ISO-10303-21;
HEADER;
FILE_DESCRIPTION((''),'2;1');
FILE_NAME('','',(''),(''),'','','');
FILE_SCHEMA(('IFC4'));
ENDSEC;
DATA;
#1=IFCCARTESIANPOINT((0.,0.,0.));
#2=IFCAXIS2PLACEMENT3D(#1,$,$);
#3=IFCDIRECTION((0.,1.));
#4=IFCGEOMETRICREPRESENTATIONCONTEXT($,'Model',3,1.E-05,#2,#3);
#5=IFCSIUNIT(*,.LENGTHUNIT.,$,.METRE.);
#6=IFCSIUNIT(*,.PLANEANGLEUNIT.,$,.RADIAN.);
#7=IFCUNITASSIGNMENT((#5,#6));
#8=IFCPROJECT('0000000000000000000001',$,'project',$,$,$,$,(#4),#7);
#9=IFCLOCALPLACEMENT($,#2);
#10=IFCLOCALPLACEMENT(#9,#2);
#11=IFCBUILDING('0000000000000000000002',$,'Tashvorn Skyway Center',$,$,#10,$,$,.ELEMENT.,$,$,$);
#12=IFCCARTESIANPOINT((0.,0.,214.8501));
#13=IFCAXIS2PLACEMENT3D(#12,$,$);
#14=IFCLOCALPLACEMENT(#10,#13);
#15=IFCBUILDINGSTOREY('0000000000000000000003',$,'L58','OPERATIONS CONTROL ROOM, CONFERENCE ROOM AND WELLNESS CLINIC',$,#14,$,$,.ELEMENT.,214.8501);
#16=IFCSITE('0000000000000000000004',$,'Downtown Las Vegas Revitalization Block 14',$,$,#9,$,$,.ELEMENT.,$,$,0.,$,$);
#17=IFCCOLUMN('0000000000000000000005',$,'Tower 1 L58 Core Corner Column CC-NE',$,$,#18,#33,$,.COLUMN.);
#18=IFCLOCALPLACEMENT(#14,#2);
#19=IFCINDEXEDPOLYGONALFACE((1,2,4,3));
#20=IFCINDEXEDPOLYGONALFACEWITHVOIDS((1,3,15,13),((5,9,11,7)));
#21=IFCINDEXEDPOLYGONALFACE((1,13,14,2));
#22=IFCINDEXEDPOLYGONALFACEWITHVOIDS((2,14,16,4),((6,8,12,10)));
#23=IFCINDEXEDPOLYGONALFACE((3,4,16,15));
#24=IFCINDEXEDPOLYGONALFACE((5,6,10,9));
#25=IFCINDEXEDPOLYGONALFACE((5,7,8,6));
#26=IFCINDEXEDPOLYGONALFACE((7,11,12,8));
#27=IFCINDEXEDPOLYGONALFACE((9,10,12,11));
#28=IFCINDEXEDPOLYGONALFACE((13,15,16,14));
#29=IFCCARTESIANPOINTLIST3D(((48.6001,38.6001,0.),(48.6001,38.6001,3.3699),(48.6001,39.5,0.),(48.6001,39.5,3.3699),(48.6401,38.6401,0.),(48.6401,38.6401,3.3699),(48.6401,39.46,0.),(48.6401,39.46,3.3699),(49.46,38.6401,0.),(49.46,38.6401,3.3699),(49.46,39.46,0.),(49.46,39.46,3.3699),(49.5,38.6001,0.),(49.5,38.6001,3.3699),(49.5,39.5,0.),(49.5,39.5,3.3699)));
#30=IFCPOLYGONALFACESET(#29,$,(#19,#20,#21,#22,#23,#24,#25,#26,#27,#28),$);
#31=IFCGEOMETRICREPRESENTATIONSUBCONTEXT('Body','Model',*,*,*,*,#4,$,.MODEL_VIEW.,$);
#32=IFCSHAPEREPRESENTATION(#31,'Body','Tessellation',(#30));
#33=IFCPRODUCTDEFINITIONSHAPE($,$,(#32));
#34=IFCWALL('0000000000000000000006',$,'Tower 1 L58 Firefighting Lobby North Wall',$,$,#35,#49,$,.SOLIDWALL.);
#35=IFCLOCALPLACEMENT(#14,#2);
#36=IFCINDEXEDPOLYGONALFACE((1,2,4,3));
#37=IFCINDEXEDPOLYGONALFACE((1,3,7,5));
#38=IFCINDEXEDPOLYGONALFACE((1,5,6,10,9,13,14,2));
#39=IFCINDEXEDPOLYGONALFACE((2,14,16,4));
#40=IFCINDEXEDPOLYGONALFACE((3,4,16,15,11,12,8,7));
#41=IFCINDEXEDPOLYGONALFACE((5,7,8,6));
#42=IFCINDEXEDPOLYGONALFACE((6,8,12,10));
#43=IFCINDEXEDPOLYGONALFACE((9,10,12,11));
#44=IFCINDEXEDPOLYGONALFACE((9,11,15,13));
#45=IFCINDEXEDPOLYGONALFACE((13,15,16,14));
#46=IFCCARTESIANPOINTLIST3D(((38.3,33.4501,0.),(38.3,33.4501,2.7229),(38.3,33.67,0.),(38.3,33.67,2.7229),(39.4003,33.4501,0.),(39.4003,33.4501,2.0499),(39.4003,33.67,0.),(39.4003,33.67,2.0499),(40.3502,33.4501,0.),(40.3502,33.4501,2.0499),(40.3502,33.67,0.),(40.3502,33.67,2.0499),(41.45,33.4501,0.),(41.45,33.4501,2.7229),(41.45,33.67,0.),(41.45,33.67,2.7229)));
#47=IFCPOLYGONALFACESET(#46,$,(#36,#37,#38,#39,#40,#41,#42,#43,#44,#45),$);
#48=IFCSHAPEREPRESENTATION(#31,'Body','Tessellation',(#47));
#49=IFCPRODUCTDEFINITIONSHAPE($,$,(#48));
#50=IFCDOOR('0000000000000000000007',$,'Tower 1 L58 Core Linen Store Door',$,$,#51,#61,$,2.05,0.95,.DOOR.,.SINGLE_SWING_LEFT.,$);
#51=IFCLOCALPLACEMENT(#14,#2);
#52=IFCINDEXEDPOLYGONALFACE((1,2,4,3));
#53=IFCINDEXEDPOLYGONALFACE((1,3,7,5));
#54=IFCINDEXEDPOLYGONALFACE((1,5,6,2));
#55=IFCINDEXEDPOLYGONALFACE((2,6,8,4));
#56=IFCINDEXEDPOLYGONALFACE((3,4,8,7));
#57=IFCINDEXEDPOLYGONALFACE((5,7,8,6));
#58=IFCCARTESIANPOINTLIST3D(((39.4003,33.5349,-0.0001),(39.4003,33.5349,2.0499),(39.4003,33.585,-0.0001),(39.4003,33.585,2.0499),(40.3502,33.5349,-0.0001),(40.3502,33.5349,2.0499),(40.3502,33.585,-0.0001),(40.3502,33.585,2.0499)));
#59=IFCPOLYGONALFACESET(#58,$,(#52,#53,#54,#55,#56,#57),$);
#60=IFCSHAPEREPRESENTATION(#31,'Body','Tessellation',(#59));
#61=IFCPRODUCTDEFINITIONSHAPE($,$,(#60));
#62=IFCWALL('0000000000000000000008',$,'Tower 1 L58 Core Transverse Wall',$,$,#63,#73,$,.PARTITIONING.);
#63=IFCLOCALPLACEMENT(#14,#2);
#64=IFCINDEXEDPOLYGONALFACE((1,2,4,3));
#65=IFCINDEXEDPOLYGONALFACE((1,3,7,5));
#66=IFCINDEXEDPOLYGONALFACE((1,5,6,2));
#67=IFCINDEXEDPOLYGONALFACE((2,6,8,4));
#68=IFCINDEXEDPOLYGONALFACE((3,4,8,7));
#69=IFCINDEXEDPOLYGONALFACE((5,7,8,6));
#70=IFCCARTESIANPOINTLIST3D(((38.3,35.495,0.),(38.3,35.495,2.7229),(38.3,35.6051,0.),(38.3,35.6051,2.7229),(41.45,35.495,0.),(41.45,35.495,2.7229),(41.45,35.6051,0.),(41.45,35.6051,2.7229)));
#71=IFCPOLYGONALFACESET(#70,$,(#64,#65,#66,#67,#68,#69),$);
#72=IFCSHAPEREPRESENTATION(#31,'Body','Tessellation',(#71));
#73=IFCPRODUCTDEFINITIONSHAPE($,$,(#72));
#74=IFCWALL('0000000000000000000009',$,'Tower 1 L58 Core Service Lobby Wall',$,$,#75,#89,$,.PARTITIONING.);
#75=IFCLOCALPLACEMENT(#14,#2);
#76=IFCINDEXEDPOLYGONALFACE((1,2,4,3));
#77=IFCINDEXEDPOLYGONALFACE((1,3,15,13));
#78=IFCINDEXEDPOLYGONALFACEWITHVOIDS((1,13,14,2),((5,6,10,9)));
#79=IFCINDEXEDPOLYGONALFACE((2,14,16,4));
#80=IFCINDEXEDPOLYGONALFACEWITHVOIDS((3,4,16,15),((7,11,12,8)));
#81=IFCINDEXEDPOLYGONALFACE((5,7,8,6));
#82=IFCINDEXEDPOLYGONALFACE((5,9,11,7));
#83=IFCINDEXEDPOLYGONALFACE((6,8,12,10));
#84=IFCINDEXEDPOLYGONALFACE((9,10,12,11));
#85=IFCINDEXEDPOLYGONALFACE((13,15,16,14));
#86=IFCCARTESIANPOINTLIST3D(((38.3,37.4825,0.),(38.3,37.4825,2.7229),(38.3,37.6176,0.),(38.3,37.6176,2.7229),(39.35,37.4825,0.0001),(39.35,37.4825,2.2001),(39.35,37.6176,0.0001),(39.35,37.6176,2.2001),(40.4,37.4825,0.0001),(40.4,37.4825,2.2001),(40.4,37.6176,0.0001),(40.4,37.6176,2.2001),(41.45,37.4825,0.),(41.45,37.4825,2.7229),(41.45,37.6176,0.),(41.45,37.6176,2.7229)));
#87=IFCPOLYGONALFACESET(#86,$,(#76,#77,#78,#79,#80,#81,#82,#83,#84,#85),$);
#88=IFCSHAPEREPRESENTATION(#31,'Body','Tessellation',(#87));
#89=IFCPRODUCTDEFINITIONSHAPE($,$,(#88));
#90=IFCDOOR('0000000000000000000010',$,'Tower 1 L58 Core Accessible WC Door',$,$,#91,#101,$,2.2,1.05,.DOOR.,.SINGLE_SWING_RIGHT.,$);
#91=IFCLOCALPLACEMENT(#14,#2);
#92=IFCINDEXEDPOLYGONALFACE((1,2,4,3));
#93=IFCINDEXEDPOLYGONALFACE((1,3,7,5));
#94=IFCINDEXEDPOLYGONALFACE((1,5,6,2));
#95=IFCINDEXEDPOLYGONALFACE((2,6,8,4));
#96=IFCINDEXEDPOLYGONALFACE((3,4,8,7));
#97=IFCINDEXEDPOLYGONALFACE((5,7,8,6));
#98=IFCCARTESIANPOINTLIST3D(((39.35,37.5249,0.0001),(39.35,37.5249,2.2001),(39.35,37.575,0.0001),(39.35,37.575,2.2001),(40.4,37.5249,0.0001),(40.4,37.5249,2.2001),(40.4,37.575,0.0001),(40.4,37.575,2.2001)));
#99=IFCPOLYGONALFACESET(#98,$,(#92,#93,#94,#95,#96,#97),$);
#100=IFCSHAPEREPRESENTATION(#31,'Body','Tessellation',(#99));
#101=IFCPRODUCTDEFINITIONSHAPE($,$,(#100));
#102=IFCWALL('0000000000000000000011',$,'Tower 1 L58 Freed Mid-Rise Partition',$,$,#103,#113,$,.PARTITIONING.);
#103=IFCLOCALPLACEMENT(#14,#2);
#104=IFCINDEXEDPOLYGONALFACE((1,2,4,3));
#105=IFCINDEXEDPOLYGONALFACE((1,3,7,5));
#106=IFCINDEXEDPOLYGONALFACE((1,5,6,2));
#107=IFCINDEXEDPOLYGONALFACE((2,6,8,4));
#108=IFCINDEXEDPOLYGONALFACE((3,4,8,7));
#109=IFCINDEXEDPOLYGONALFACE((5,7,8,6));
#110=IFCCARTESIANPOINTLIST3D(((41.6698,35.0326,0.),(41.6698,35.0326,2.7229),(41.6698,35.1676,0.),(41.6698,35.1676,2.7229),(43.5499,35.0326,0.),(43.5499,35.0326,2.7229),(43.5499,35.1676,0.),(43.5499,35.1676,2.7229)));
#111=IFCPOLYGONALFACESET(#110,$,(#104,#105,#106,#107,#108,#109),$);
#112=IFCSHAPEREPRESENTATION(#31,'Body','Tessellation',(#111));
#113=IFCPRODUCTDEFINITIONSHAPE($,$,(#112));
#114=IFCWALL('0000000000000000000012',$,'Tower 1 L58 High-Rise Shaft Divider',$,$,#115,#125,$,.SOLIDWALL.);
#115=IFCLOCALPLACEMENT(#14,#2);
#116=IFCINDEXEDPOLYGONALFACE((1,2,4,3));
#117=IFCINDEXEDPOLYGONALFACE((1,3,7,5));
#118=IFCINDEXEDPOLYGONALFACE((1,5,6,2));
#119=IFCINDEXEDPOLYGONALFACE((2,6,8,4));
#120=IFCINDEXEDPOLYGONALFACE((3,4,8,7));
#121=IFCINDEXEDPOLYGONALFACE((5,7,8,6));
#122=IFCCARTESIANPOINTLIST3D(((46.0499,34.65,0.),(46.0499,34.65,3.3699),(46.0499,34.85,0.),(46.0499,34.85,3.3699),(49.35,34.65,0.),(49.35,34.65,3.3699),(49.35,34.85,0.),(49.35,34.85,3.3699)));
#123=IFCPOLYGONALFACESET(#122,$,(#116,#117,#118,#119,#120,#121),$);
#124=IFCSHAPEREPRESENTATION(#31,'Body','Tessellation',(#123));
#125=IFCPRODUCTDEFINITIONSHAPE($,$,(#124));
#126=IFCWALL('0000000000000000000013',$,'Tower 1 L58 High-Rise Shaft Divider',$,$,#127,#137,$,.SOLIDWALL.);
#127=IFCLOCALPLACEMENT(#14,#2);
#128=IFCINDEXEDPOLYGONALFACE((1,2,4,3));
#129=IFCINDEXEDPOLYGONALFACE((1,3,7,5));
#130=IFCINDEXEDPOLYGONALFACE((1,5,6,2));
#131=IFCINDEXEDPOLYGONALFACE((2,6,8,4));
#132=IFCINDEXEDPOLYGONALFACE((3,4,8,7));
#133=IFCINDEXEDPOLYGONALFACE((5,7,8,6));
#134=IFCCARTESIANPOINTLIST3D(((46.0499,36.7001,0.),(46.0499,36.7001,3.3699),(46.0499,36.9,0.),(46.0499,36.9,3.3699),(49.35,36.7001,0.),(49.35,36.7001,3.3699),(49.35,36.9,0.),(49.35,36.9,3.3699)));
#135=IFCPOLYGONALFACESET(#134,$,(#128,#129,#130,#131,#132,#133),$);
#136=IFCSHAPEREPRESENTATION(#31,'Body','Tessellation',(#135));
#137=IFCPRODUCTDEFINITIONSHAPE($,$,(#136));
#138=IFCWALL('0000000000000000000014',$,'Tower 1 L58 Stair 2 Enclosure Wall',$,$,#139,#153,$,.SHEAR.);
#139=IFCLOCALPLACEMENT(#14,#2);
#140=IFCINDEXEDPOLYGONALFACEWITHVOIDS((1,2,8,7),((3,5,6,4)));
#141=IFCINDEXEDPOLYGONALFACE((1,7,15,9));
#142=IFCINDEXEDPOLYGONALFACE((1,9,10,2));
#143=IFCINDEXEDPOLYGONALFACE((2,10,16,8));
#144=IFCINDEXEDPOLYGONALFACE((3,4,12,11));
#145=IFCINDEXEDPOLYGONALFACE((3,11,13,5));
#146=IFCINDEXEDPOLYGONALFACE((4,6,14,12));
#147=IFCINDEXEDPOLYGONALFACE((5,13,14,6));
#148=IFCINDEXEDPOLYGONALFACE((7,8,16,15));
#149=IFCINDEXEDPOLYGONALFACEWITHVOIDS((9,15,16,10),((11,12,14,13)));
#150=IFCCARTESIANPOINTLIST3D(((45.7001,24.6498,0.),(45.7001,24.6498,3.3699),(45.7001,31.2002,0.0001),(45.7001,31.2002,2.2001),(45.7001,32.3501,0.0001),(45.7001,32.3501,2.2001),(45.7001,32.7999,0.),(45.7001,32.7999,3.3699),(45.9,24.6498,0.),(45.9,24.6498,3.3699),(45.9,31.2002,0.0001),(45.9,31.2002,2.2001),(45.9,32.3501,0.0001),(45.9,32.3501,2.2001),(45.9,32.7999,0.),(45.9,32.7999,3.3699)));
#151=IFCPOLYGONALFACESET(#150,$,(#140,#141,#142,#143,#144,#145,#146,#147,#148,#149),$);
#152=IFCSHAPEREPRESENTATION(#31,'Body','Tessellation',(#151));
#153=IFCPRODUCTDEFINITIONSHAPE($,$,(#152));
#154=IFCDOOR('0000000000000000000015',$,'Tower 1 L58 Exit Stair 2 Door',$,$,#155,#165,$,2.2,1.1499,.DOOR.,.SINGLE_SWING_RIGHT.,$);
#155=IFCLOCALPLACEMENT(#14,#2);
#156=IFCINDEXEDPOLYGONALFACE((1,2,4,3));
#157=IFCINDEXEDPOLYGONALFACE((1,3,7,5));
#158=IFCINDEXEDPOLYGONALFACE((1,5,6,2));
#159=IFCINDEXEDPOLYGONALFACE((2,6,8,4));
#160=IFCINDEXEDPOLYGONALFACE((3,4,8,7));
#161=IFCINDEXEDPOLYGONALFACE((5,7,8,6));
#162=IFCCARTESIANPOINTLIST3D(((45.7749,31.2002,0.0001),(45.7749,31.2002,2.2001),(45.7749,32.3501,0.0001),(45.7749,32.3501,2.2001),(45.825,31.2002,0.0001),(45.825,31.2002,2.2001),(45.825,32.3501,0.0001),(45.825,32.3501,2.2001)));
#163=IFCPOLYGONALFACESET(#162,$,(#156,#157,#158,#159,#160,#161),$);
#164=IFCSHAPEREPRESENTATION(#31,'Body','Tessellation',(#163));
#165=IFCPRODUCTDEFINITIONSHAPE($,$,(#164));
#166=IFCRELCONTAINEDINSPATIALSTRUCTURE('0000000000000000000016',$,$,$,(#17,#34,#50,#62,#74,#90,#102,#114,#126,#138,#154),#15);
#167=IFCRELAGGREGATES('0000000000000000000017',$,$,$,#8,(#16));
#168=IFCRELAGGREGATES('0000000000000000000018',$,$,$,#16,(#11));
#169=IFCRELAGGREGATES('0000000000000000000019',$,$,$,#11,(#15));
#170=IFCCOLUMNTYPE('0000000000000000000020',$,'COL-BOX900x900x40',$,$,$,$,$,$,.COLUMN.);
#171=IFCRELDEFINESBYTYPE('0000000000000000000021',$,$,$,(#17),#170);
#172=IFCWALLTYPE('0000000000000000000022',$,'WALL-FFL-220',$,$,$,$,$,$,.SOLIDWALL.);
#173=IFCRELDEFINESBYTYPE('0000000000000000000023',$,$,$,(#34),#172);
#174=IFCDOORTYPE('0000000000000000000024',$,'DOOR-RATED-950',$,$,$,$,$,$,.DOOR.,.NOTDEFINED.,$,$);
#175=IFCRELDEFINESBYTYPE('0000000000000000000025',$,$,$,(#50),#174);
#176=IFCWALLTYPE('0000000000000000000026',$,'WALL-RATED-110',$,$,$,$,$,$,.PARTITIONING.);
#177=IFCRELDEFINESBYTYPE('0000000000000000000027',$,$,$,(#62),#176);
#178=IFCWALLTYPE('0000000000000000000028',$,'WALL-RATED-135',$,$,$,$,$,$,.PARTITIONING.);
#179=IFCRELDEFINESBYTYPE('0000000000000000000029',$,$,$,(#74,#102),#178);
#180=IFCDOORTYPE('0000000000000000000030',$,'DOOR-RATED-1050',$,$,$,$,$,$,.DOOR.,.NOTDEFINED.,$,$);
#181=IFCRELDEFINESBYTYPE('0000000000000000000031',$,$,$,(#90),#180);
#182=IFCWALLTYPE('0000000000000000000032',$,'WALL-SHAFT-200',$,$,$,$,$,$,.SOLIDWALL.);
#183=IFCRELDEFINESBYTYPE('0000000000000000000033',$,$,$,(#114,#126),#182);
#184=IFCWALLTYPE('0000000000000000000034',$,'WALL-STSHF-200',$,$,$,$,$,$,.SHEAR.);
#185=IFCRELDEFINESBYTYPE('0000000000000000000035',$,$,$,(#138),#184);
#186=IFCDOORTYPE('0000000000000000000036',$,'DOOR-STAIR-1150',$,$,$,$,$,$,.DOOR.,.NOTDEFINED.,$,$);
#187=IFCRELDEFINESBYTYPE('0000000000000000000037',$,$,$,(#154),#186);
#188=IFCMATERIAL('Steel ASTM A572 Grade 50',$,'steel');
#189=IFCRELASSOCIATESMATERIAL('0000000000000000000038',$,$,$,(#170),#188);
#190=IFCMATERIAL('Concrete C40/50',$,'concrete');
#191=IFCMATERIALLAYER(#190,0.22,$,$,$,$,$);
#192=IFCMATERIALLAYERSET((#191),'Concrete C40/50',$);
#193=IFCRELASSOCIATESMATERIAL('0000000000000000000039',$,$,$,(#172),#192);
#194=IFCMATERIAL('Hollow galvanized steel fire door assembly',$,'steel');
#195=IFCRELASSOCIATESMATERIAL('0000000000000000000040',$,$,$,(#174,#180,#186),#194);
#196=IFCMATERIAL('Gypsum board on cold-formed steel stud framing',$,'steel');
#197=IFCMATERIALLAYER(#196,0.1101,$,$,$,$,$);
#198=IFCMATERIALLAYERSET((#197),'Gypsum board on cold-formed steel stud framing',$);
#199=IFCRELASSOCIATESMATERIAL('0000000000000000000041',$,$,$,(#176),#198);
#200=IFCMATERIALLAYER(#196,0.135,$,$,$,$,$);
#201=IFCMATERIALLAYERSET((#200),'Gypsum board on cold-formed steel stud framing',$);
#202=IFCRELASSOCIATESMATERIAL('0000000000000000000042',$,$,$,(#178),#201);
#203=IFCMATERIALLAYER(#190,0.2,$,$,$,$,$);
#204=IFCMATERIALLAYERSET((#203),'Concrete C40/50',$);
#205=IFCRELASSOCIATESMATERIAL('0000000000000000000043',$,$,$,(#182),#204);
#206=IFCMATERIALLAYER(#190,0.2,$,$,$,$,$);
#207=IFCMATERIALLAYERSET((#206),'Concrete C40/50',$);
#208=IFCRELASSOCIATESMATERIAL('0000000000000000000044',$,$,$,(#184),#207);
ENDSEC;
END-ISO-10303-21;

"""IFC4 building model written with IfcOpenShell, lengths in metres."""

from ifc_helpers import new_model, si_unit, direction, frame, frame_2d, origin, origin_2d, place, context, subcontext, project, spatial, rectangle, hollow_rectangle, extrude, material, layer, layer_set, material_profile, profile_set, type_object, element, fill, save


model = new_model("IFC4")

# Units and contexts
model_context = context("Model", 3, precision=1e-05, world=origin(), true_north=direction((0.0, 1.0)))
body_context = subcontext(model_context, "Body", "Model", "MODEL_VIEW")
ifc_project = project(units=[si_unit("LENGTHUNIT", "METRE"), si_unit("PLANEANGLEUNIT", "RADIAN")], contexts=[model_context])

# Site, building, storey
site_placement = place(None, origin())
site = spatial("IfcSite", under=ifc_project, at=site_placement, Name="Downtown Las Vegas Revitalization Block 14", CompositionType="ELEMENT", RefElevation=0.0)
building_placement = place(site_placement, origin())
building = spatial("IfcBuilding", under=site, at=building_placement, Name="Tashvorn Skyway Center", CompositionType="ELEMENT")
storey_placement = place(building_placement, frame((0.0, 0.0, 214.8501)))
storey = spatial("IfcBuildingStorey", under=building, at=storey_placement, Name="L58", Description="OPERATIONS CONTROL ROOM, CONFERENCE ROOM AND WELLNESS CLINIC", CompositionType="ELEMENT", Elevation=214.8501)

# Column
ifc_material_1 = material(Name="Steel ASTM A572 Grade 50", Category="steel")
ifc_material_profile = material_profile(ifc_material_1, hollow_rectangle(XDim=0.8999, YDim=0.8999, WallThickness=0.04, at=origin_2d()), Name="BOX900x900x40")
ifc_profile_set = profile_set([ifc_material_profile], Name="Steel ASTM A572 Grade 50")
column_type = type_object("IfcColumnType", Name="COL-BOX900x900x40", PredefinedType="COLUMN", material=ifc_profile_set)
column_placement = place(storey_placement, frame((49.05, 39.05, 0.0), z_axis=(0.0, 0.0, 1.0), x_axis=(1.0, 0.0, 0.0)))
element("IfcColumn", 1, at=column_placement, inside=storey, type_object=column_type, Name="Tower 1 L58 Core Corner Column CC-NE", PredefinedType="COLUMN", context=body_context, shape_type="SweptSolid", body=[
    extrude(hollow_rectangle(XDim=0.8999, YDim=0.8999, WallThickness=0.04, at=origin_2d()), origin(), (0.0, 0.0, 1.0), 3.3699),
])

# Wall, opening, door
ifc_material_2 = material(Name="Concrete C40/50", Category="concrete")
ifc_layer_1 = layer(ifc_material_2, 0.22)
ifc_layer_set_1 = layer_set([ifc_layer_1], Name="Concrete C40/50")
wall_type_1 = type_object("IfcWallType", Name="WALL-FFL-220", PredefinedType="SOLIDWALL", material=ifc_layer_set_1)
wall_1_placement = place(storey_placement, frame((38.3, 33.5601, 0.0), z_axis=(0.0, 0.0, 1.0), x_axis=(1.0, 0.0, 0.0)))
wall_1 = element("IfcWall", 2, at=wall_1_placement, inside=storey, type_object=wall_type_1, Name="Tower 1 L58 Firefighting Lobby North Wall", PredefinedType="SOLIDWALL", context=body_context, shape_type="SweptSolid", body=[
    extrude(rectangle(XDim=3.1499, YDim=0.22, at=frame_2d((1.575, 0.0))), origin(), (0.0, 0.0, 1.0), 2.7229),
])
opening_1_placement = place(wall_1_placement, frame((1.1001, 0.0, 0.0)))
opening_1 = element("IfcOpeningElement", 3, at=opening_1_placement, cuts=wall_1, PredefinedType="OPENING", context=body_context, shape_type="SweptSolid", body=[
    extrude(rectangle(XDim=0.95, YDim=2.05, at=frame_2d((0.4751, 1.0249))), frame((0.0, 0.1199, 0.0), z_axis=(0.0, -1.0, 0.0), x_axis=(1.0, 0.0, 0.0)), (0.0, 0.0, 1.0), 0.24),
])
ifc_material_3 = material(Name="Hollow galvanized steel fire door assembly", Category="steel")
door_type_1 = type_object("IfcDoorType", Name="DOOR-RATED-950", OperationType="NOTDEFINED", PredefinedType="DOOR", material=ifc_material_3)
door_1_placement = place(opening_1_placement, origin())
door_1 = element("IfcDoor", 4, at=door_1_placement, inside=storey, type_object=door_type_1, Name="Tower 1 L58 Core Linen Store Door", OperationType="SINGLE_SWING_LEFT", OverallHeight=2.05, OverallWidth=0.95, PredefinedType="DOOR", context=body_context, shape_type="SweptSolid", body=[
    extrude(rectangle(XDim=0.95, YDim=2.05, at=frame_2d((0.4751, 1.0249))), frame((0.0, 0.0249, 0.0), z_axis=(0.0, -1.0, 0.0), x_axis=(1.0, 0.0, 0.0)), (0.0, 0.0, 1.0), 0.05),
])
fill(opening_1, door_1)

# Wall
ifc_material_4 = material(Name="Gypsum board on cold-formed steel stud framing", Category="steel")
ifc_layer_2 = layer(ifc_material_4, 0.1101)
ifc_layer_set_2 = layer_set([ifc_layer_2], Name="Gypsum board on cold-formed steel stud framing")
wall_type_2 = type_object("IfcWallType", Name="WALL-RATED-110", PredefinedType="PARTITIONING", material=ifc_layer_set_2)
wall_2_placement = place(storey_placement, frame((38.3, 35.55, 0.0), z_axis=(0.0, 0.0, 1.0), x_axis=(1.0, 0.0, 0.0)))
element("IfcWall", 5, at=wall_2_placement, inside=storey, type_object=wall_type_2, Name="Tower 1 L58 Core Transverse Wall", PredefinedType="PARTITIONING", context=body_context, shape_type="SweptSolid", body=[
    extrude(rectangle(XDim=3.1499, YDim=0.1101, at=frame_2d((1.575, 0.0))), origin(), (0.0, 0.0, 1.0), 2.7229),
])

# Wall, opening, door
ifc_layer_3 = layer(ifc_material_4, 0.135)
ifc_layer_set_3 = layer_set([ifc_layer_3], Name="Gypsum board on cold-formed steel stud framing")
wall_type_3 = type_object("IfcWallType", Name="WALL-RATED-135", PredefinedType="PARTITIONING", material=ifc_layer_set_3)
wall_3_placement = place(storey_placement, frame((38.3, 37.55, 0.0), z_axis=(0.0, 0.0, 1.0), x_axis=(1.0, 0.0, 0.0)))
wall_3 = element("IfcWall", 6, at=wall_3_placement, inside=storey, type_object=wall_type_3, Name="Tower 1 L58 Core Service Lobby Wall", PredefinedType="PARTITIONING", context=body_context, shape_type="SweptSolid", body=[
    extrude(rectangle(XDim=3.1499, YDim=0.135, at=frame_2d((1.575, 0.0))), origin(), (0.0, 0.0, 1.0), 2.7229),
])
opening_2_placement = place(wall_3_placement, frame((1.05, 0.0, 0.0)))
opening_2 = element("IfcOpeningElement", 7, at=opening_2_placement, cuts=wall_3, PredefinedType="OPENING", context=body_context, shape_type="SweptSolid", body=[
    extrude(rectangle(XDim=1.05, YDim=2.2, at=frame_2d((0.5249, 1.1001))), frame((0.0, 0.0774, 0.0), z_axis=(0.0, -1.0, 0.0), x_axis=(1.0, 0.0, 0.0)), (0.0, 0.0, 1.0), 0.155),
])
door_type_2 = type_object("IfcDoorType", Name="DOOR-RATED-1050", OperationType="NOTDEFINED", PredefinedType="DOOR", material=ifc_material_3)
door_2_placement = place(opening_2_placement, origin())
door_2 = element("IfcDoor", 8, at=door_2_placement, inside=storey, type_object=door_type_2, Name="Tower 1 L58 Core Accessible WC Door", OperationType="SINGLE_SWING_RIGHT", OverallHeight=2.2, OverallWidth=1.05, PredefinedType="DOOR", context=body_context, shape_type="SweptSolid", body=[
    extrude(rectangle(XDim=1.05, YDim=2.2, at=frame_2d((0.5249, 1.1001))), frame((0.0, 0.0249, 0.0), z_axis=(0.0, -1.0, 0.0), x_axis=(1.0, 0.0, 0.0)), (0.0, 0.0, 1.0), 0.05),
])
fill(opening_2, door_2)

# Walls
wall_4_placement = place(storey_placement, frame((41.6699, 35.1001, 0.0), z_axis=(0.0, 0.0, 1.0), x_axis=(1.0, 0.0, 0.0)))
element("IfcWall", 9, at=wall_4_placement, inside=storey, type_object=wall_type_3, Name="Tower 1 L58 Freed Mid-Rise Partition", PredefinedType="PARTITIONING", context=body_context, shape_type="SweptSolid", body=[
    extrude(rectangle(XDim=1.8801, YDim=0.135, at=frame_2d((0.9399, 0.0))), origin(), (0.0, 0.0, 1.0), 2.7229),
])
ifc_layer_4 = layer(ifc_material_2, 0.2)
ifc_layer_set_4 = layer_set([ifc_layer_4], Name="Concrete C40/50")
wall_type_4 = type_object("IfcWallType", Name="WALL-SHAFT-200", PredefinedType="SOLIDWALL", material=ifc_layer_set_4)
for number, where, z_axis, x_axis, name in (
    (10, (46.05, 34.75, 0.0), (0.0, 0.0, 1.0), (1.0, 0.0, 0.0), "Tower 1 L58 High-Rise Shaft Divider"),
    (11, (46.05, 36.8, 0.0), (0.0, 0.0, 1.0), (1.0, 0.0, 0.0), "Tower 1 L58 High-Rise Shaft Divider"),
):
    element("IfcWall", number, at=place(storey_placement, frame(where, z_axis=z_axis, x_axis=x_axis)), inside=storey, type_object=wall_type_4, Name=name, PredefinedType="SOLIDWALL", context=body_context, shape_type="SweptSolid", body=[
        extrude(rectangle(XDim=3.3, YDim=0.2, at=frame_2d((1.6499, 0.0))), origin(), (0.0, 0.0, 1.0), 3.3699),
    ])

# Wall, opening, door
ifc_layer_5 = layer(ifc_material_2, 0.2)
ifc_layer_set_5 = layer_set([ifc_layer_5], Name="Concrete C40/50")
wall_type_5 = type_object("IfcWallType", Name="WALL-STSHF-200", PredefinedType="SHEAR", material=ifc_layer_set_5)
wall_5_placement = place(storey_placement, frame((45.8, 32.8, 0.0), z_axis=(0.0, 0.0, 1.0), x_axis=(0.0, -1.0, 0.0)))
wall_5 = element("IfcWall", 12, at=wall_5_placement, inside=storey, type_object=wall_type_5, Name="Tower 1 L58 Stair 2 Enclosure Wall", PredefinedType="SHEAR", context=body_context, shape_type="SweptSolid", body=[
    extrude(rectangle(XDim=8.1501, YDim=0.2, at=frame_2d((4.0752, 0.0))), origin(), (0.0, 0.0, 1.0), 3.3699),
])
opening_3_placement = place(wall_5_placement, frame((0.45, 0.0, 0.0)))
opening_3 = element("IfcOpeningElement", 13, at=opening_3_placement, cuts=wall_5, PredefinedType="OPENING", context=body_context, shape_type="SweptSolid", body=[
    extrude(rectangle(XDim=1.1499, YDim=2.2, at=frame_2d((0.575, 1.1001))), frame((0.0, 0.1099, 0.0), z_axis=(0.0, -1.0, 0.0), x_axis=(1.0, 0.0, 0.0)), (0.0, 0.0, 1.0), 0.22),
])
door_type_3 = type_object("IfcDoorType", Name="DOOR-STAIR-1150", OperationType="NOTDEFINED", PredefinedType="DOOR", material=ifc_material_3)
door_3_placement = place(opening_3_placement, origin())
door_3 = element("IfcDoor", 14, at=door_3_placement, inside=storey, type_object=door_type_3, Name="Tower 1 L58 Exit Stair 2 Door", OperationType="SINGLE_SWING_RIGHT", OverallHeight=2.2, OverallWidth=1.1499, PredefinedType="DOOR", context=body_context, shape_type="SweptSolid", body=[
    extrude(rectangle(XDim=1.1499, YDim=2.2, at=frame_2d((0.575, 1.1001))), frame((0.0, 0.0249, 0.0), z_axis=(0.0, -1.0, 0.0), x_axis=(1.0, 0.0, 0.0)), (0.0, 0.0, 1.0), 0.05),
])
fill(opening_3, door_3)

save(model, "model.ifc")
